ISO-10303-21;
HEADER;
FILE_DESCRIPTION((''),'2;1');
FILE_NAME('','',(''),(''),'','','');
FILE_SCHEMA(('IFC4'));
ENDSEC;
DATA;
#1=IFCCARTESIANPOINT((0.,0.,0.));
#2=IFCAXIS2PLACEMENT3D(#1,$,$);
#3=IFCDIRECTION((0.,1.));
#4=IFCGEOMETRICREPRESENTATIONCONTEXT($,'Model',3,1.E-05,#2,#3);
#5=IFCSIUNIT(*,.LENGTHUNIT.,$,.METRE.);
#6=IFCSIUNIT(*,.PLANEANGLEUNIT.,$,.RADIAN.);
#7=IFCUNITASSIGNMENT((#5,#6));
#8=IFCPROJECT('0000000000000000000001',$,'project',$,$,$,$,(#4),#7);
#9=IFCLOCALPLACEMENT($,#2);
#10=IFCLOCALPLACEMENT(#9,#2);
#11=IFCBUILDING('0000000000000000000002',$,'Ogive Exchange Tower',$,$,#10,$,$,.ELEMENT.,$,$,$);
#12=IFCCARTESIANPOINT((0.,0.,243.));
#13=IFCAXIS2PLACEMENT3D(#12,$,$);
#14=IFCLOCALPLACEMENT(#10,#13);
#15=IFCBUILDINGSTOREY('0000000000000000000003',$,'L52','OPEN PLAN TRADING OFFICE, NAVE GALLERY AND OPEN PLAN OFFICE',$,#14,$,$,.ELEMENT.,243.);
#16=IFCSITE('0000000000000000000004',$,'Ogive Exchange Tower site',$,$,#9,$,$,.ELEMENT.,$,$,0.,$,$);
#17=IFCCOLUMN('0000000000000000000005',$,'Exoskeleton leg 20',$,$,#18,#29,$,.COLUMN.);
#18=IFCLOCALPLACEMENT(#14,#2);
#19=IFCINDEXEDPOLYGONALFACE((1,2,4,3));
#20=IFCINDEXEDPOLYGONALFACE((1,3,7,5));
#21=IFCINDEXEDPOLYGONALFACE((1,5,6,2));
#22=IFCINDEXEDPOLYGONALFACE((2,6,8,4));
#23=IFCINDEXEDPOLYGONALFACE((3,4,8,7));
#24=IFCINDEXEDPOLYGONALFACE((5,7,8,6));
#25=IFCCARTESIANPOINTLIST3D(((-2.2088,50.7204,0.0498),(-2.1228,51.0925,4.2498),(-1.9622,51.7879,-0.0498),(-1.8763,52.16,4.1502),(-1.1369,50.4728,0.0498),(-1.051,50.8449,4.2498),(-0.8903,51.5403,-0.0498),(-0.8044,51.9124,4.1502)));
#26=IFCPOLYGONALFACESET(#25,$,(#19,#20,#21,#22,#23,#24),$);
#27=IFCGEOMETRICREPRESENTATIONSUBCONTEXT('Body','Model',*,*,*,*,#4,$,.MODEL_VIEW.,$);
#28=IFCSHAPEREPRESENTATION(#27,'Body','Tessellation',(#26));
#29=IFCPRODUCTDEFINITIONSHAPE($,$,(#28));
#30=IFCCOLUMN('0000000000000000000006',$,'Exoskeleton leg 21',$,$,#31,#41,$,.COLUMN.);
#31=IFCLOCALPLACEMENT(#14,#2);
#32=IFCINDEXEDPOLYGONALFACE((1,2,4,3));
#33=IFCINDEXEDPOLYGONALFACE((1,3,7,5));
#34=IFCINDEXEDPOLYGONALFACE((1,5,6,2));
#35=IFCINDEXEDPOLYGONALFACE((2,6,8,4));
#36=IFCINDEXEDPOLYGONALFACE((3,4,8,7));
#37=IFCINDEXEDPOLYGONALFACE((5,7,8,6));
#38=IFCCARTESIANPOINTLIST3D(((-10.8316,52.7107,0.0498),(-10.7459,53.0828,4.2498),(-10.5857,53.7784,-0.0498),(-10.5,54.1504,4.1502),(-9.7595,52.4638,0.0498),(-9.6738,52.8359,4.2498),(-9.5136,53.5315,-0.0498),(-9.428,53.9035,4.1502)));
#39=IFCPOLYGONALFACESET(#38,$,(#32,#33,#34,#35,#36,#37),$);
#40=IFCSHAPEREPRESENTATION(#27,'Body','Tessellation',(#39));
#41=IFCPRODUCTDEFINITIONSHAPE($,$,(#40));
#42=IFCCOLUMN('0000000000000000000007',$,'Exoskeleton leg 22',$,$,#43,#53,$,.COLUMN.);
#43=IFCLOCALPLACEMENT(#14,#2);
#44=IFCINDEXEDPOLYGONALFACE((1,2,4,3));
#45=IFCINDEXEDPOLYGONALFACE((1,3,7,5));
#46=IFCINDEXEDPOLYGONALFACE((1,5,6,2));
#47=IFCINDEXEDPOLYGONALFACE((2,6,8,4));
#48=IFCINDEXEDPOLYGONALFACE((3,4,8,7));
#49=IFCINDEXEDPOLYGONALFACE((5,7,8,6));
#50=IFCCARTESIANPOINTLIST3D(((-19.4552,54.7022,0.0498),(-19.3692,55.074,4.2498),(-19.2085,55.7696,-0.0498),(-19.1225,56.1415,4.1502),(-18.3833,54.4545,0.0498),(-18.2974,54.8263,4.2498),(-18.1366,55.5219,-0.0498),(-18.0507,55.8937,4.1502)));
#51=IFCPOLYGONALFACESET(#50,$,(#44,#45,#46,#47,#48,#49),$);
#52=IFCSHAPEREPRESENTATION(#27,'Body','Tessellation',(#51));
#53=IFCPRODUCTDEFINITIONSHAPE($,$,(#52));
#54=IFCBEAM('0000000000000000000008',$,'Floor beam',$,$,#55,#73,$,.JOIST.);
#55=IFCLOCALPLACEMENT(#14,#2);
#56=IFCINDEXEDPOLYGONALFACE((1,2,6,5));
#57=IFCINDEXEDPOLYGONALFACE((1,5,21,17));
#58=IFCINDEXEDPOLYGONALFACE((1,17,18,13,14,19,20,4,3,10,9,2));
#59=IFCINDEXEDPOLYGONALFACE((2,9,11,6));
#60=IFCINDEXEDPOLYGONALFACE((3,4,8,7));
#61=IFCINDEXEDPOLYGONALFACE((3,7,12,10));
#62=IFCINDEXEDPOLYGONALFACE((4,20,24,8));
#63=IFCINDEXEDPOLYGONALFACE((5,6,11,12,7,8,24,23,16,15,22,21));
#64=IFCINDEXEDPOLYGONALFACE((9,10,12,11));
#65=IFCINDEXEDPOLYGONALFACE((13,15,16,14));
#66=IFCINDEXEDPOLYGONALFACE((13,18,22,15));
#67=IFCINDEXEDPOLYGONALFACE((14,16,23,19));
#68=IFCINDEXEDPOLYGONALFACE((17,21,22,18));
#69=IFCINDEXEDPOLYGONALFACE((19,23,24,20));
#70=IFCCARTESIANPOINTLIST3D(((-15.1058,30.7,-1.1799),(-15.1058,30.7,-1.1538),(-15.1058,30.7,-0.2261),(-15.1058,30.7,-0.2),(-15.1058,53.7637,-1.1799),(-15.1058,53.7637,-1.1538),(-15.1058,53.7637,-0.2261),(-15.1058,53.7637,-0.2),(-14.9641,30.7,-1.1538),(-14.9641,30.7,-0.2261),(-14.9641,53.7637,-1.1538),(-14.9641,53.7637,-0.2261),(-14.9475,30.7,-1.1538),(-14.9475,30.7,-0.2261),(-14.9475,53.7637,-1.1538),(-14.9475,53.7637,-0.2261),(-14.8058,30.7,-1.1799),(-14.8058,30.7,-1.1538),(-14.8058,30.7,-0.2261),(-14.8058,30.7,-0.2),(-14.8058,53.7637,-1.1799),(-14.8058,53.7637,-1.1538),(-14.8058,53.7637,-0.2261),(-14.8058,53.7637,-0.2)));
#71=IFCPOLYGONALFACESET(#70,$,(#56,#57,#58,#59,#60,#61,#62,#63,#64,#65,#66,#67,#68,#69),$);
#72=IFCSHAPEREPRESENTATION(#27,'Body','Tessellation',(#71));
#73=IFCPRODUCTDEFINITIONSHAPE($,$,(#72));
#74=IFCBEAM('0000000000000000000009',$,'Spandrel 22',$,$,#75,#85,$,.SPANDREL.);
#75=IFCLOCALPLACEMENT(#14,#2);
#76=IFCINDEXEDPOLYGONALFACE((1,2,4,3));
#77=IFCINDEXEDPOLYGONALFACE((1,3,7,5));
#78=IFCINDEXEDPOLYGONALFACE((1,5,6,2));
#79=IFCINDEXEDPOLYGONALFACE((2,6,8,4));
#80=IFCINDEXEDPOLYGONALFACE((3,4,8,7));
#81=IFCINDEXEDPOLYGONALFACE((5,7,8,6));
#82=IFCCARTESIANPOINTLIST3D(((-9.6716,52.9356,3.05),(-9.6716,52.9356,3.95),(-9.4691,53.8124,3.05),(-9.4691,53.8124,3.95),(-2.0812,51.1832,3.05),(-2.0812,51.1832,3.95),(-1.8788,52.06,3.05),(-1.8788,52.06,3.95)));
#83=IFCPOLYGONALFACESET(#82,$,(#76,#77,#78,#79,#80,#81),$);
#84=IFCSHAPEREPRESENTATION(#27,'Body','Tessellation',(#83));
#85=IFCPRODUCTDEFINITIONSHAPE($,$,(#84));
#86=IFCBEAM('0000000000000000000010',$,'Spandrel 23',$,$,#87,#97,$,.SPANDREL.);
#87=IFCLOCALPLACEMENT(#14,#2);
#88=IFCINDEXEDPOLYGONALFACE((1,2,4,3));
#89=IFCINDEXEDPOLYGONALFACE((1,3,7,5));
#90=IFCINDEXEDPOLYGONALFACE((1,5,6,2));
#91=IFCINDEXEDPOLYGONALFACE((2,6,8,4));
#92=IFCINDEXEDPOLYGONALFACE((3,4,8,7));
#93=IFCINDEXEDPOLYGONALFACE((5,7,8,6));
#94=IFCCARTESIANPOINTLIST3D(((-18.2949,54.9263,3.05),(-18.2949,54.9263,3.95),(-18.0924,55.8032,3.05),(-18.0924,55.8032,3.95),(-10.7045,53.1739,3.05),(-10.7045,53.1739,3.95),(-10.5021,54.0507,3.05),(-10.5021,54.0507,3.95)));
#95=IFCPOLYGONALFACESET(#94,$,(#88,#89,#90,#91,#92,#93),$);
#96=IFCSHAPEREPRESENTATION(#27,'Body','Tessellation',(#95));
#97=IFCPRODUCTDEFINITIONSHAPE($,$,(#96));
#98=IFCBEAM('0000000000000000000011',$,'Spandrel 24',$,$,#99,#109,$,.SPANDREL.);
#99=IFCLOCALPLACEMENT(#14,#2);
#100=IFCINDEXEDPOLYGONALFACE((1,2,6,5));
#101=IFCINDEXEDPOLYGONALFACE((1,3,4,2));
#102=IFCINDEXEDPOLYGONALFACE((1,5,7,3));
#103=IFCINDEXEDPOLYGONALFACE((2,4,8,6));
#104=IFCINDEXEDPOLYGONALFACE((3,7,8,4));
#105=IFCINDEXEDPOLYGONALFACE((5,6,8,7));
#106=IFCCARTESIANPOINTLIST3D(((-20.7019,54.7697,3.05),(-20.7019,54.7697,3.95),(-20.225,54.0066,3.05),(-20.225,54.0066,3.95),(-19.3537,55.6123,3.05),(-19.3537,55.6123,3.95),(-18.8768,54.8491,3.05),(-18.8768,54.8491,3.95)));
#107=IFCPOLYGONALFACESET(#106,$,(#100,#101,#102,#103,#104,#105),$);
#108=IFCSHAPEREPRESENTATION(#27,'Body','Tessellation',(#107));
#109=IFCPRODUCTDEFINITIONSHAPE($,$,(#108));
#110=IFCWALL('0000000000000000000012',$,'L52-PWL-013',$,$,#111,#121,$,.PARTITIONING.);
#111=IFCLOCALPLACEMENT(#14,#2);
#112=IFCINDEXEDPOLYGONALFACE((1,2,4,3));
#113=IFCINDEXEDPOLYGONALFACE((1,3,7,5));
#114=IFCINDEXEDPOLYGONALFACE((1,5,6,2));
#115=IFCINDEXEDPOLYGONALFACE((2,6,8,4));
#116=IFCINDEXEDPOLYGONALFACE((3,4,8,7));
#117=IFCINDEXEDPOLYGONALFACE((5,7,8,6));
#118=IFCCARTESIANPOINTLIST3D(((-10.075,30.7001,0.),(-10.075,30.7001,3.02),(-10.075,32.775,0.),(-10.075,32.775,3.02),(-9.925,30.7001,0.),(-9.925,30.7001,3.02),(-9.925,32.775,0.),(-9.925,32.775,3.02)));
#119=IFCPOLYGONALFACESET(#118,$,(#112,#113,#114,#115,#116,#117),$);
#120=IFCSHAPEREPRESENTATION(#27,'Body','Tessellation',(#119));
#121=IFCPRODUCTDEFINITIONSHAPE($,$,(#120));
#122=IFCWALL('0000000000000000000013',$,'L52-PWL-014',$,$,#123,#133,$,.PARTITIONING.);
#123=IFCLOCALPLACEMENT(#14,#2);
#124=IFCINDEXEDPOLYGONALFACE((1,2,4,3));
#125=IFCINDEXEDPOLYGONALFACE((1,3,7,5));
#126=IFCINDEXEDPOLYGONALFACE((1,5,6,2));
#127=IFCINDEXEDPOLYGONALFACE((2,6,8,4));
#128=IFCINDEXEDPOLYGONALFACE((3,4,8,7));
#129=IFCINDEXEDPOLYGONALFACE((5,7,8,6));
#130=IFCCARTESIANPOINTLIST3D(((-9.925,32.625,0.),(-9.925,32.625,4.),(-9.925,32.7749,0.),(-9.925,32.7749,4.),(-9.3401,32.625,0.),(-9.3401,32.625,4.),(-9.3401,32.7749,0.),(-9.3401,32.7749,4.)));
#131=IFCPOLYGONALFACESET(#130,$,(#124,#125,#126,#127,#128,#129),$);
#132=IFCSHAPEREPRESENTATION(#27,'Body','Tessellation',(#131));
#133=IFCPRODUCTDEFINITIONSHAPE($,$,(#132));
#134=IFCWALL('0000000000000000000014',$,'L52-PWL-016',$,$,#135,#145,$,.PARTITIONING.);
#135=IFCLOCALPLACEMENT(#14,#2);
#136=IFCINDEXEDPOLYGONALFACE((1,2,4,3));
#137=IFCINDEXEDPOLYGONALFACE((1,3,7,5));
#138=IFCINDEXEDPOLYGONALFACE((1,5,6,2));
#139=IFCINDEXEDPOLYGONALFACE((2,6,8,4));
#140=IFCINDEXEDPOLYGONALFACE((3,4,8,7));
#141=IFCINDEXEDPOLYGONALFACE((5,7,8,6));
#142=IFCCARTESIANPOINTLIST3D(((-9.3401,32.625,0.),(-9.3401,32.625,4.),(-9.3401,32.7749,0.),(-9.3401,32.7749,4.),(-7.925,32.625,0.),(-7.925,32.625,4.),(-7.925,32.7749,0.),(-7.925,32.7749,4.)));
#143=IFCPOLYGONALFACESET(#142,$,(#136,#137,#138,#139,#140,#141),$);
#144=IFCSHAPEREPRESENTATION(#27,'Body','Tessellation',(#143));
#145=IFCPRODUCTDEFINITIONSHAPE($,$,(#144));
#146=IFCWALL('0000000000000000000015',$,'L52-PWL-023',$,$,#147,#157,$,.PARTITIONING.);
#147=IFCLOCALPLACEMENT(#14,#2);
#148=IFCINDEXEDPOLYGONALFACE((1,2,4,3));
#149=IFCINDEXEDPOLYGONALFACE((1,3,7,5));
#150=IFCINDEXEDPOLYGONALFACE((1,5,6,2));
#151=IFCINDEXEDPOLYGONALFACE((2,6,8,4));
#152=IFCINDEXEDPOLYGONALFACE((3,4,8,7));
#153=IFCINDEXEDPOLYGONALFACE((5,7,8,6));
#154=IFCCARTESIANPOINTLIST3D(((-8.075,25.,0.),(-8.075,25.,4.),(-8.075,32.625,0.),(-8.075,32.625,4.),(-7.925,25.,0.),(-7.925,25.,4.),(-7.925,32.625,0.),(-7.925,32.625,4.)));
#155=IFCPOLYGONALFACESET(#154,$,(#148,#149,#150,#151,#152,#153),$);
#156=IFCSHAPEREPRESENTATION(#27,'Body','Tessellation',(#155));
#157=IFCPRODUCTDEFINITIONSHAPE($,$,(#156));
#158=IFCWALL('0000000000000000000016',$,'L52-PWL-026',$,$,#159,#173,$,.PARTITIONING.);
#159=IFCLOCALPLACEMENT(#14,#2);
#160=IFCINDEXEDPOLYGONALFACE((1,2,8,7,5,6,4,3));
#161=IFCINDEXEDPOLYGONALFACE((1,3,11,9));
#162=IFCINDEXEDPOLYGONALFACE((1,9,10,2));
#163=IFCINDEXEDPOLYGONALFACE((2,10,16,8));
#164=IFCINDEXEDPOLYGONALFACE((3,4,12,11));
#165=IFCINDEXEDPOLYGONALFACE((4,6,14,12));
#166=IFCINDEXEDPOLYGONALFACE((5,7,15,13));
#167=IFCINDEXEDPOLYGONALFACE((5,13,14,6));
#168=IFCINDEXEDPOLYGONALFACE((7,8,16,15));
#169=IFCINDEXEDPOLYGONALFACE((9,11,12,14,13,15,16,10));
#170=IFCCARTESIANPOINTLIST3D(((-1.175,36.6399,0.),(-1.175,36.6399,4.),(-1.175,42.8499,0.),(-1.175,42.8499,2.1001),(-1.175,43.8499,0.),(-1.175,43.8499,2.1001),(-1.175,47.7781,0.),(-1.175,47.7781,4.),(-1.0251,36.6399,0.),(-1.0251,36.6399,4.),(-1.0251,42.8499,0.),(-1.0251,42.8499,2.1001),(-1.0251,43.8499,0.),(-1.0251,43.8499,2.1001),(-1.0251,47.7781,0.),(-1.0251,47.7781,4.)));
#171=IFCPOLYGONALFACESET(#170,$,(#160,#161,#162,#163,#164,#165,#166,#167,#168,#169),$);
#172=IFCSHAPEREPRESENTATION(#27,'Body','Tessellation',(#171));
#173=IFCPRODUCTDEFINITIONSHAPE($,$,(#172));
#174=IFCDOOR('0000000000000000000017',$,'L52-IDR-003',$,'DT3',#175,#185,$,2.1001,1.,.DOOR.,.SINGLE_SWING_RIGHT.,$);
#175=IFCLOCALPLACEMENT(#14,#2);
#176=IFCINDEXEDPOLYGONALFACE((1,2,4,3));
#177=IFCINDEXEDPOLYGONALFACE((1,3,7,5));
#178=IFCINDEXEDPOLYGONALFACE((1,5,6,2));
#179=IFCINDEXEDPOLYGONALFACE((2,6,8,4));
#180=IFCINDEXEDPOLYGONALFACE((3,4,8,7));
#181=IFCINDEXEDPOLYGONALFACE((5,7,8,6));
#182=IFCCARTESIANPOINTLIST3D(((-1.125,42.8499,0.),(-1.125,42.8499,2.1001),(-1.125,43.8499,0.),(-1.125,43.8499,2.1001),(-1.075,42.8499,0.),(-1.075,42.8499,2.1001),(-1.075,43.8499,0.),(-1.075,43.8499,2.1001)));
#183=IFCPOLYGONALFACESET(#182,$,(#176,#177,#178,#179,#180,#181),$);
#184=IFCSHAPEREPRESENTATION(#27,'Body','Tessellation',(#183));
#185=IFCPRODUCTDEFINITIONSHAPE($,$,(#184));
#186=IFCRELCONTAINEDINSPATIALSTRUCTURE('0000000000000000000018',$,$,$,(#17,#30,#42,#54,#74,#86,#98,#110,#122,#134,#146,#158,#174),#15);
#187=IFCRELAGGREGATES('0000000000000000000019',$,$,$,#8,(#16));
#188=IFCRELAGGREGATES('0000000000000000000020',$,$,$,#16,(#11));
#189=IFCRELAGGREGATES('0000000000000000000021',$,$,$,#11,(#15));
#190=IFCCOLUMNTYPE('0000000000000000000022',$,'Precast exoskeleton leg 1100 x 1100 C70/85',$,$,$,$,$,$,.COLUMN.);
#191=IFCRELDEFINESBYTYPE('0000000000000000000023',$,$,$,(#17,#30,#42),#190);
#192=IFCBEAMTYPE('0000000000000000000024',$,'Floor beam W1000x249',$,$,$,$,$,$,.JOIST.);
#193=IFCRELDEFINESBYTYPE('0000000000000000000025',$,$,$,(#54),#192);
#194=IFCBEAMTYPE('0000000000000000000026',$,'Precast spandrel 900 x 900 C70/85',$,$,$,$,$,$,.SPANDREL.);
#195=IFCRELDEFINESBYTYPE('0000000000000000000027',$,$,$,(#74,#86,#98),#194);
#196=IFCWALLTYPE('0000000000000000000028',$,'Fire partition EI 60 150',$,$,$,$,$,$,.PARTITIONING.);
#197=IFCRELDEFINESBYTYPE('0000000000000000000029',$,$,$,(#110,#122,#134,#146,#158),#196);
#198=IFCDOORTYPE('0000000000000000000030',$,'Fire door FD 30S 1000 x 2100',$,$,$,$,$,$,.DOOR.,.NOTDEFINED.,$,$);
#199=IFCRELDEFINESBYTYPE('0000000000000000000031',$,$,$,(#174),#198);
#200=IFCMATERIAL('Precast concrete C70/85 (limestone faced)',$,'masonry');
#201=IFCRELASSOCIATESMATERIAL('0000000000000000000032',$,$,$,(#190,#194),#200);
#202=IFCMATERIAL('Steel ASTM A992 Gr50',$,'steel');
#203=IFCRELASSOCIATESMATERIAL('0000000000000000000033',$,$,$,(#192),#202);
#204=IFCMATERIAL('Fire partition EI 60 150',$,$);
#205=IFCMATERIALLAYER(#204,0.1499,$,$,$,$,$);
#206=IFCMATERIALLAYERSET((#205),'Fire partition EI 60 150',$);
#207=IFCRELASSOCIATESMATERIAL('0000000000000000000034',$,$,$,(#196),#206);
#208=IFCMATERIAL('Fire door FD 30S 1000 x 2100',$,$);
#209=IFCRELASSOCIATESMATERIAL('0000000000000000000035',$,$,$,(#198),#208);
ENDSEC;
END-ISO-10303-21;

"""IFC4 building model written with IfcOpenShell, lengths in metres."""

from ifc_helpers import new_model, si_unit, direction, frame, frame_2d, origin, origin_2d, place, context, subcontext, project, spatial, rectangle, i_section, extrude, material, layer, layer_set, material_profile, profile_set, type_object, element, fill, save


model = new_model("IFC4")

# Units and contexts
model_context = context("Model", 3, precision=1e-05, world=origin(), true_north=direction((0.0, 1.0)))
body_context = subcontext(model_context, "Body", "Model", "MODEL_VIEW")
ifc_project = project(units=[si_unit("LENGTHUNIT", "METRE"), si_unit("PLANEANGLEUNIT", "RADIAN")], contexts=[model_context])

# Site, building, storey
site_placement = place(None, origin())
site = spatial("IfcSite", under=ifc_project, at=site_placement, Name="Ogive Exchange Tower site", CompositionType="ELEMENT", RefElevation=0.0)
building_placement = place(site_placement, origin())
building = spatial("IfcBuilding", under=site, at=building_placement, Name="Ogive Exchange Tower", CompositionType="ELEMENT")
storey_placement = place(building_placement, frame((0.0, 0.0, 243.0)))
storey = spatial("IfcBuildingStorey", under=building, at=storey_placement, Name="L52", Description="OPEN PLAN TRADING OFFICE, NAVE GALLERY AND OPEN PLAN OFFICE", CompositionType="ELEMENT", Elevation=243.0)

# Columns
ifc_material_1 = material(Name="Precast concrete C70/85 (limestone faced)", Category="masonry")
ifc_material_profile_1 = material_profile(ifc_material_1, rectangle(XDim=1.1001, YDim=1.1001, at=origin_2d()), Name="1100 x 1100")
ifc_profile_set_1 = profile_set([ifc_material_profile_1], Name="Precast concrete C70/85 (limestone faced)")
column_type = type_object("IfcColumnType", Name="Precast exoskeleton leg 1100 x 1100 C70/85", PredefinedType="COLUMN", material=ifc_profile_set_1)
for number, where, z_axis, x_axis, name in (
    (1, (-1.5496, 51.1304, 0.0), (0.020377, 0.088225, 0.995892), (-0.974348, 0.225046, 0.0), "Exoskeleton leg 20"),
    (2, (-10.1726, 53.1211, 0.0), (0.02032, 0.088225, 0.995893), (-0.974488, 0.224439, 0.0), "Exoskeleton leg 21"),
    (3, (-18.7959, 55.1121, 0.0), (0.020378, 0.088168, 0.995897), (-0.974316, 0.225187, 0.0), "Exoskeleton leg 22"),
):
    element("IfcColumn", number, at=place(storey_placement, frame(where, z_axis=z_axis, x_axis=x_axis)), inside=storey, type_object=column_type, Name=name, PredefinedType="COLUMN", context=body_context, shape_type="SweptSolid", body=[
        extrude(rectangle(XDim=1.1001, YDim=1.1001, at=origin_2d()), origin(), (0.0, 0.0, 1.0), 4.2173),
    ])

# Beams
ifc_material_2 = material(Name="Steel ASTM A992 Gr50", Category="steel")
ifc_material_profile_2 = material_profile(ifc_material_2, i_section(OverallWidth=0.3, OverallDepth=0.98, WebThickness=0.0166, FlangeThickness=0.0261, at=origin_2d()), Name="W1000x249")
ifc_profile_set_2 = profile_set([ifc_material_profile_2], Name="Steel ASTM A992 Gr50")
beam_type_1 = type_object("IfcBeamType", Name="Floor beam W1000x249", PredefinedType="JOIST", material=ifc_profile_set_2)
beam_1_placement = place(storey_placement, frame((-14.9558, 30.7, -0.6899), z_axis=(0.0, 1.0, 0.0), x_axis=(-1.0, 0.0, 0.0)))
element("IfcBeam", 4, at=beam_1_placement, inside=storey, type_object=beam_type_1, Name="Floor beam", PredefinedType="JOIST", context=body_context, shape_type="SweptSolid", body=[
    extrude(i_section(OverallWidth=0.3, OverallDepth=0.98, WebThickness=0.0166, FlangeThickness=0.0261, at=origin_2d()), origin(), (0.0, 0.0, 1.0), 23.0637),
])
ifc_material_profile_3 = material_profile(ifc_material_1, rectangle(XDim=0.8999, YDim=0.8999, at=origin_2d()), Name="900 x 900")
ifc_profile_set_3 = profile_set([ifc_material_profile_3], Name="Precast concrete C70/85 (limestone faced)")
beam_type_2 = type_object("IfcBeamType", Name="Precast spandrel 900 x 900 C70/85", PredefinedType="SPANDREL", material=ifc_profile_set_3)
for number, where, z_axis, x_axis, name in (
    (5, (-1.98, 51.6216, 3.5), (-0.974368, 0.22496, 0.0), (-0.22496, -0.974368, 0.0), "Spandrel 22"),
    (6, (-10.6033, 53.6123, 3.5), (-0.974368, 0.22496, 0.0), (-0.22496, -0.974368, 0.0), "Spandrel 23"),
):
    element("IfcBeam", number, at=place(storey_placement, frame(where, z_axis=z_axis, x_axis=x_axis)), inside=storey, type_object=beam_type_2, Name=name, PredefinedType="SPANDREL", context=body_context, shape_type="SweptSolid", body=[
        extrude(rectangle(XDim=0.8999, YDim=0.8999, at=origin_2d()), origin(), (0.0, 0.0, 1.0), 7.79),
    ])
beam_2_placement = place(storey_placement, frame((-19.1152, 55.2307, 3.5), z_axis=(-0.848016, -0.529971, 0.0), x_axis=(0.529971, -0.848016, 0.0)))
element("IfcBeam", 7, at=beam_2_placement, inside=storey, type_object=beam_type_2, Name="Spandrel 24", PredefinedType="SPANDREL", context=body_context, shape_type="SweptSolid", body=[
    extrude(rectangle(XDim=0.8999, YDim=0.8999, at=origin_2d()), origin(), (0.0, 0.0, 1.0), 1.5898),
])

# Walls
ifc_material_3 = material(Name="Fire partition EI 60 150")
ifc_layer_1 = layer(ifc_material_3, 0.1499)
ifc_layer_set_1 = layer_set([ifc_layer_1], Name="Fire partition EI 60 150")
wall_type_1 = type_object("IfcWallType", Name="Fire partition EI 60 150", PredefinedType="PARTITIONING", material=ifc_layer_set_1)
wall_1_placement = place(storey_placement, frame((-10.0, 30.7, 0.0), z_axis=(0.0, 0.0, 1.0), x_axis=(0.0, 1.0, 0.0)))
element("IfcWall", 8, at=wall_1_placement, inside=storey, type_object=wall_type_1, Name="L52-PWL-013", PredefinedType="PARTITIONING", context=body_context, shape_type="SweptSolid", body=[
    extrude(rectangle(XDim=2.075, YDim=0.1499, at=frame_2d((1.0376, 0.0))), origin(), (0.0, 0.0, 1.0), 3.02),
])
wall_2_placement = place(storey_placement, frame((-9.925, 32.7, 0.0), z_axis=(0.0, 0.0, 1.0), x_axis=(1.0, 0.0, 0.0)))
element("IfcWall", 9, at=wall_2_placement, inside=storey, type_object=wall_type_1, Name="L52-PWL-014", PredefinedType="PARTITIONING", context=body_context, shape_type="SweptSolid", body=[
    extrude(rectangle(XDim=0.585, YDim=0.1499, at=frame_2d((0.2925, 0.0))), origin(), (0.0, 0.0, 1.0), 4.0),
])
wall_3_placement = place(storey_placement, frame((-9.3401, 32.7, 0.0), z_axis=(0.0, 0.0, 1.0), x_axis=(1.0, 0.0, 0.0)))
element("IfcWall", 10, at=wall_3_placement, inside=storey, type_object=wall_type_1, Name="L52-PWL-016", PredefinedType="PARTITIONING", context=body_context, shape_type="SweptSolid", body=[
    extrude(rectangle(XDim=1.415, YDim=0.1499, at=frame_2d((0.7075, 0.0))), origin(), (0.0, 0.0, 1.0), 4.0),
])
wall_4_placement = place(storey_placement, frame((-8.0, 32.625, 0.0), z_axis=(0.0, 0.0, 1.0), x_axis=(0.0, -1.0, 0.0)))
element("IfcWall", 11, at=wall_4_placement, inside=storey, type_object=wall_type_1, Name="L52-PWL-023", PredefinedType="PARTITIONING", context=body_context, shape_type="SweptSolid", body=[
    extrude(rectangle(XDim=7.625, YDim=0.1499, at=frame_2d((3.8125, 0.0))), origin(), (0.0, 0.0, 1.0), 4.0),
])

# Wall, opening, door
wall_5_placement = place(storey_placement, frame((-1.1001, 36.6399, 0.0), z_axis=(0.0, 0.0, 1.0), x_axis=(0.0, 1.0, 0.0)))
wall_5 = element("IfcWall", 12, at=wall_5_placement, inside=storey, type_object=wall_type_1, Name="L52-PWL-026", PredefinedType="PARTITIONING", context=body_context, shape_type="SweptSolid", body=[
    extrude(rectangle(XDim=11.1382, YDim=0.1499, at=frame_2d((5.5691, 0.0))), origin(), (0.0, 0.0, 1.0), 4.0),
])
opening_placement = place(wall_5_placement, frame((6.21, 0.0, 0.0)))
opening = element("IfcOpeningElement", 13, at=opening_placement, cuts=wall_5, PredefinedType="OPENING", context=body_context, shape_type="SweptSolid", body=[
    extrude(rectangle(XDim=1.0, YDim=2.1001, at=frame_2d((0.5, 1.05))), frame((0.0, 0.085, 0.0), z_axis=(0.0, -1.0, 0.0), x_axis=(1.0, 0.0, 0.0)), (0.0, 0.0, 1.0), 0.1699),
])
ifc_material_4 = material(Name="Fire door FD 30S 1000 x 2100")
door_type = type_object("IfcDoorType", Name="Fire door FD 30S 1000 x 2100", OperationType="NOTDEFINED", PredefinedType="DOOR", material=ifc_material_4)
door_placement = place(opening_placement, origin())
door = element("IfcDoor", 14, at=door_placement, inside=storey, type_object=door_type, Name="L52-IDR-003", ObjectType="DT3", OperationType="SINGLE_SWING_RIGHT", OverallHeight=2.1001, OverallWidth=1.0, PredefinedType="DOOR", context=body_context, shape_type="SweptSolid", body=[
    extrude(rectangle(XDim=1.0, YDim=2.1001, at=frame_2d((0.5, 1.05))), frame((0.0, 0.0249, 0.0), z_axis=(0.0, -1.0, 0.0), x_axis=(1.0, 0.0, 0.0)), (0.0, 0.0, 1.0), 0.05),
])
fill(opening, door)

save(model, "model.ifc")
